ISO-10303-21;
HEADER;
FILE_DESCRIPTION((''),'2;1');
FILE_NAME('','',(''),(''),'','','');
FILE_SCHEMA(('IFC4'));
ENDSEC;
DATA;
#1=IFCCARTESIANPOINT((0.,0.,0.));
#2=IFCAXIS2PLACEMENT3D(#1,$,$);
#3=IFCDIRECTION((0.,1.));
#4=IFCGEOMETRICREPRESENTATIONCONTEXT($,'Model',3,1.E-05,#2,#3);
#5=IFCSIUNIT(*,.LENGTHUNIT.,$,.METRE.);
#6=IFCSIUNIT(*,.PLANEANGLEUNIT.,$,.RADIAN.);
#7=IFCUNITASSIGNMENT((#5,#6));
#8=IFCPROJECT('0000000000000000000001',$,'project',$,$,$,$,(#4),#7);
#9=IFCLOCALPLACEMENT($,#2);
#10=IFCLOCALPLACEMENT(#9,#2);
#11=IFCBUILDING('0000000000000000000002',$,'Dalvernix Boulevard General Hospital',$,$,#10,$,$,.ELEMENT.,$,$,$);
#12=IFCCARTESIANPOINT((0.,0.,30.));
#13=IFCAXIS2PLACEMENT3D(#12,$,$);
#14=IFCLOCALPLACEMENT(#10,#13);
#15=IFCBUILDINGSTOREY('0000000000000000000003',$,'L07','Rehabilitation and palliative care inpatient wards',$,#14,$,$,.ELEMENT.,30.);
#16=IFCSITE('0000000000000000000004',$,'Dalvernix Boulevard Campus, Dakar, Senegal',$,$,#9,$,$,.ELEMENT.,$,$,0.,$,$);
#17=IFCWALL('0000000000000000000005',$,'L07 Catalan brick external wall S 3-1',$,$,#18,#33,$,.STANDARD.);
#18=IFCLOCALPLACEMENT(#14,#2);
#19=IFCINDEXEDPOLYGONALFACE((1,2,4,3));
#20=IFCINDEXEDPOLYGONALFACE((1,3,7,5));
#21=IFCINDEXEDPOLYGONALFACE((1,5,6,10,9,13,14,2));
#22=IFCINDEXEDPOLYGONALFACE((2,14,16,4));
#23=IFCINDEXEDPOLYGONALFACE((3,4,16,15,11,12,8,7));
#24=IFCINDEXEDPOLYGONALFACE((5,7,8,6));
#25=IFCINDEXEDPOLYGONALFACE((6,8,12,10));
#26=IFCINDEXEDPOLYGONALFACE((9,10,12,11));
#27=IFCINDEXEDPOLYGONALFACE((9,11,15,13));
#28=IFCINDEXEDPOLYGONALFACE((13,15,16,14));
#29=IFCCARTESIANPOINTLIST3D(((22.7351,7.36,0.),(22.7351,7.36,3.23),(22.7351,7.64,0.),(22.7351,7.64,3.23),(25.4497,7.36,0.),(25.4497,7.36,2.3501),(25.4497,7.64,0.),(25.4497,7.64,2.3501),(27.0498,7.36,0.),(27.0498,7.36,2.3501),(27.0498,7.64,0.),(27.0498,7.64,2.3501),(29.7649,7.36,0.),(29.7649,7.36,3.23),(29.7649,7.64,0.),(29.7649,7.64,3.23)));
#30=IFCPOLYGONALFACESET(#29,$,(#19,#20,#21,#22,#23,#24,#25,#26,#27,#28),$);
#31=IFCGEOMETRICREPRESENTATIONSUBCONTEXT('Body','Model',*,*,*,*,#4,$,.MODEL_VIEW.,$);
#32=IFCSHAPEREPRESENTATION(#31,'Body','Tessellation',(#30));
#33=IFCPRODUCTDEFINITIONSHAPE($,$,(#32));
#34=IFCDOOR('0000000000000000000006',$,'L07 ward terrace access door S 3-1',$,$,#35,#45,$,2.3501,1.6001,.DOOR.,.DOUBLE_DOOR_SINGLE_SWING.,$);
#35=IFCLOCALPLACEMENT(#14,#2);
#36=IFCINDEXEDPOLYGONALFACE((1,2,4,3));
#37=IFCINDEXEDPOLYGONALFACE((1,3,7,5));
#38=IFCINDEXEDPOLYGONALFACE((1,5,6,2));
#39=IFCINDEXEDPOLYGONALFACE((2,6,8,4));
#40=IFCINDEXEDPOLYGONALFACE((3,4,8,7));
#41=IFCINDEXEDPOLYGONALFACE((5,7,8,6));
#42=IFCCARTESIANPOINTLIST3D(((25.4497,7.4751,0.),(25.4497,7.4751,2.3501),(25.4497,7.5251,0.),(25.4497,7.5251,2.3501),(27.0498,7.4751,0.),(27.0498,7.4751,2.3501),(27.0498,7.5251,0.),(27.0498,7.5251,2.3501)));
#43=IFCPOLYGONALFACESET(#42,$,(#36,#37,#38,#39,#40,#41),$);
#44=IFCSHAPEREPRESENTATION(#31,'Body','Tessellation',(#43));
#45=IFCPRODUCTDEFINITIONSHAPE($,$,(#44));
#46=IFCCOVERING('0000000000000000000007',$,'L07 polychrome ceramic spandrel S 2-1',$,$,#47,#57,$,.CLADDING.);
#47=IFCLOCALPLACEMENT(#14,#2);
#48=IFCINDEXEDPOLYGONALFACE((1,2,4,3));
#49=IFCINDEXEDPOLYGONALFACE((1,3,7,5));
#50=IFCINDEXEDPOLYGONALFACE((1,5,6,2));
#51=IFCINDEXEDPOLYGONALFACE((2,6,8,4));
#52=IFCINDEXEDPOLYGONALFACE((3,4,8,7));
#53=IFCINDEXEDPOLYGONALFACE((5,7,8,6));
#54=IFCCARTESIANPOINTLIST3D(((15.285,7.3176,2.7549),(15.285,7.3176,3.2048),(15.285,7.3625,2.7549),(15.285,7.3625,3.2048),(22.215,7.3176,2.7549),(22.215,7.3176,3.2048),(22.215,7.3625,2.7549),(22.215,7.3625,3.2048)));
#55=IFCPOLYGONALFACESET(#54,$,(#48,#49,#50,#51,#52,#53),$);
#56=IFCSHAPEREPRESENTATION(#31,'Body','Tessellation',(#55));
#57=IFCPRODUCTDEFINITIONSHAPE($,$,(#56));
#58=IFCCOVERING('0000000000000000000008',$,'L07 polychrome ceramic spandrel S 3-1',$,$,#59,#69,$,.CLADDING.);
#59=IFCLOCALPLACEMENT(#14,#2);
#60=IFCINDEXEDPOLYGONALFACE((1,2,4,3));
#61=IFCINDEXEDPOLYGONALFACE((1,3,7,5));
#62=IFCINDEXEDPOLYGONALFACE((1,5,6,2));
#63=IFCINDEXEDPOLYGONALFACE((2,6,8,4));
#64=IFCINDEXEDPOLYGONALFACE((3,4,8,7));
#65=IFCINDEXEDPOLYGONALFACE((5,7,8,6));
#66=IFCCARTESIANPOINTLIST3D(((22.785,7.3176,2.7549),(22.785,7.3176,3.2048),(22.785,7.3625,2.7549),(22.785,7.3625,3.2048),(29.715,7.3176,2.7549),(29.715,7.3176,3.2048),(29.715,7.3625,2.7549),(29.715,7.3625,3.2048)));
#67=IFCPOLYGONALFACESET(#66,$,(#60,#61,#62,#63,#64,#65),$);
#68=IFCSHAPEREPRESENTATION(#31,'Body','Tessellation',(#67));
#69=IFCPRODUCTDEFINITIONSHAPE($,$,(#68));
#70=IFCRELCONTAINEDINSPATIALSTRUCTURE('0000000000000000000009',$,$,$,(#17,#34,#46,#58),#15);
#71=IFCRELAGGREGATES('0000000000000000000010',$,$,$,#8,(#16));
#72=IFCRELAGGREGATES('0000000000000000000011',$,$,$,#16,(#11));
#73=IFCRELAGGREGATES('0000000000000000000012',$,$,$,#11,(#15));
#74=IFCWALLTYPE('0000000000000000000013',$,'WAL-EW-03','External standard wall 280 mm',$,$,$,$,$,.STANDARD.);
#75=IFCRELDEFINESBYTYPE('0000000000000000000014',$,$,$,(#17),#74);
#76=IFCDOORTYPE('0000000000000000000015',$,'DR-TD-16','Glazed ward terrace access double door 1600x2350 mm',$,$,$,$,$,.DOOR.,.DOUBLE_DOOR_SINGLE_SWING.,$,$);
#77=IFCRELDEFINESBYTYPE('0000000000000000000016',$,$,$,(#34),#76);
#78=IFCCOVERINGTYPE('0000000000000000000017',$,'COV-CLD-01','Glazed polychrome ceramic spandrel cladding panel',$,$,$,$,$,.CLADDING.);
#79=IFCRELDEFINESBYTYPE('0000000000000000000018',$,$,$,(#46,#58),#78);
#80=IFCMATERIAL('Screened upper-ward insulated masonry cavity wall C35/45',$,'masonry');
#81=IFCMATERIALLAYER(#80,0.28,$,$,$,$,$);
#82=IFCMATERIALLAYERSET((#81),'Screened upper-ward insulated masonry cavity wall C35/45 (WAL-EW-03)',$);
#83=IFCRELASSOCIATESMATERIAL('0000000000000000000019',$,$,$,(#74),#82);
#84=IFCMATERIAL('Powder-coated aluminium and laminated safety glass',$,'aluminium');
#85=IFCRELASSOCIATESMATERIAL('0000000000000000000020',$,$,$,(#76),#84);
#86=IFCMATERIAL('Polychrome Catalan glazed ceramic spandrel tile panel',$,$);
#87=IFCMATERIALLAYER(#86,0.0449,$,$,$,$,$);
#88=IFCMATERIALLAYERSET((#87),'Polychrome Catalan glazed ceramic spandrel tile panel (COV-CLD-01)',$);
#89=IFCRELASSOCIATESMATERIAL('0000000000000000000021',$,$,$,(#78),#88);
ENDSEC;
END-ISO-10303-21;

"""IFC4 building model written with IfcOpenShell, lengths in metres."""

from ifc_helpers import new_model, si_unit, direction, frame, frame_2d, origin, origin_2d, place, context, subcontext, project, spatial, rectangle, extrude, material, layer, layer_set, type_object, element, fill, save


model = new_model("IFC4")

# Units and contexts
model_context = context("Model", 3, precision=1e-05, world=origin(), true_north=direction((0.0, 1.0)))
body_context = subcontext(model_context, "Body", "Model", "MODEL_VIEW")
ifc_project = project(units=[si_unit("LENGTHUNIT", "METRE"), si_unit("PLANEANGLEUNIT", "RADIAN")], contexts=[model_context])

# Site, building, storey
site_placement = place(None, origin())
site = spatial("IfcSite", under=ifc_project, at=site_placement, Name="Dalvernix Boulevard Campus, Dakar, Senegal", CompositionType="ELEMENT", RefElevation=0.0)
building_placement = place(site_placement, origin())
building = spatial("IfcBuilding", under=site, at=building_placement, Name="Dalvernix Boulevard General Hospital", CompositionType="ELEMENT")
storey_placement = place(building_placement, frame((0.0, 0.0, 30.0)))
storey = spatial("IfcBuildingStorey", under=building, at=storey_placement, Name="L07", Description="Rehabilitation and palliative care inpatient wards", CompositionType="ELEMENT", Elevation=30.0)

# Wall, opening, door
ifc_material_1 = material(Name="Screened upper-ward insulated masonry cavity wall C35/45", Category="masonry")
ifc_layer_1 = layer(ifc_material_1, 0.28)
ifc_layer_set_1 = layer_set([ifc_layer_1], Name="Screened upper-ward insulated masonry cavity wall C35/45 (WAL-EW-03)")
wall_type = type_object("IfcWallType", Name="WAL-EW-03", Description="External standard wall 280 mm", PredefinedType="STANDARD", material=ifc_layer_set_1)
ifc_material_2 = material(Name="Powder-coated aluminium and laminated safety glass", Category="aluminium")
wall_1_placement = place(storey_placement, frame((29.7649, 7.5, 0.0), z_axis=(0.0, 0.0, 1.0), x_axis=(-1.0, 0.0, 0.0)))
wall_1 = element("IfcWall", 1, at=wall_1_placement, inside=storey, type_object=wall_type, Name="L07 Catalan brick external wall S 3-1", PredefinedType="STANDARD", context=body_context, shape_type="SweptSolid", body=[
    extrude(rectangle(XDim=7.0298, YDim=0.28, at=frame_2d((3.5149, 0.0))), origin(), (0.0, 0.0, 1.0), 3.23),
])
opening_1_placement = place(wall_1_placement, frame((2.7151, 0.0, 0.0)))
opening_1 = element("IfcOpeningElement", 2, at=opening_1_placement, cuts=wall_1, PredefinedType="OPENING", context=body_context, shape_type="SweptSolid", body=[
    extrude(rectangle(XDim=1.6001, YDim=2.3501, at=frame_2d((0.8, 1.175))), frame((0.0, 0.1499, 0.0), z_axis=(0.0, -1.0, 0.0), x_axis=(1.0, 0.0, 0.0)), (0.0, 0.0, 1.0), 0.3),
])
door_type_1 = type_object("IfcDoorType", Name="DR-TD-16", Description="Glazed ward terrace access double door 1600x2350 mm", OperationType="DOUBLE_DOOR_SINGLE_SWING", PredefinedType="DOOR", material=ifc_material_2)
door_1_placement = place(opening_1_placement, origin())
door_1 = element("IfcDoor", 3, at=door_1_placement, inside=storey, type_object=door_type_1, Name="L07 ward terrace access door S 3-1", OperationType="DOUBLE_DOOR_SINGLE_SWING", OverallHeight=2.3501, OverallWidth=1.6001, PredefinedType="DOOR", context=body_context, shape_type="SweptSolid", body=[
    extrude(rectangle(XDim=1.6001, YDim=2.3501, at=frame_2d((0.8, 1.175))), frame((0.0, 0.0249, 0.0), z_axis=(0.0, -1.0, 0.0), x_axis=(1.0, 0.0, 0.0)), (0.0, 0.0, 1.0), 0.05),
])
fill(opening_1, door_1)

# Coverings
ifc_material_3 = material(Name="Polychrome Catalan glazed ceramic spandrel tile panel")
ifc_layer_2 = layer(ifc_material_3, 0.0449)
ifc_layer_set_2 = layer_set([ifc_layer_2], Name="Polychrome Catalan glazed ceramic spandrel tile panel (COV-CLD-01)")
covering_type = type_object("IfcCoveringType", Name="COV-CLD-01", Description="Glazed polychrome ceramic spandrel cladding panel", PredefinedType="CLADDING", material=ifc_layer_set_2)
for number, where, z_axis, x_axis, name in (
    (4, (18.75, 7.3401, 2.7549), (0.0, 0.0, 1.0), (-1.0, 0.0, 0.0), "L07 polychrome ceramic spandrel S 2-1"),
    (5, (26.25, 7.3401, 2.7549), (0.0, 0.0, 1.0), (-1.0, 0.0, 0.0), "L07 polychrome ceramic spandrel S 3-1"),
):
    element("IfcCovering", number, at=place(storey_placement, frame(where, z_axis=z_axis, x_axis=x_axis)), inside=storey, type_object=covering_type, Name=name, PredefinedType="CLADDING", context=body_context, shape_type="SweptSolid", body=[
        extrude(rectangle(XDim=6.9299, YDim=0.0449, at=origin_2d()), origin(), (0.0, 0.0, 1.0), 0.45),
    ])

save(model, "model.ifc")
